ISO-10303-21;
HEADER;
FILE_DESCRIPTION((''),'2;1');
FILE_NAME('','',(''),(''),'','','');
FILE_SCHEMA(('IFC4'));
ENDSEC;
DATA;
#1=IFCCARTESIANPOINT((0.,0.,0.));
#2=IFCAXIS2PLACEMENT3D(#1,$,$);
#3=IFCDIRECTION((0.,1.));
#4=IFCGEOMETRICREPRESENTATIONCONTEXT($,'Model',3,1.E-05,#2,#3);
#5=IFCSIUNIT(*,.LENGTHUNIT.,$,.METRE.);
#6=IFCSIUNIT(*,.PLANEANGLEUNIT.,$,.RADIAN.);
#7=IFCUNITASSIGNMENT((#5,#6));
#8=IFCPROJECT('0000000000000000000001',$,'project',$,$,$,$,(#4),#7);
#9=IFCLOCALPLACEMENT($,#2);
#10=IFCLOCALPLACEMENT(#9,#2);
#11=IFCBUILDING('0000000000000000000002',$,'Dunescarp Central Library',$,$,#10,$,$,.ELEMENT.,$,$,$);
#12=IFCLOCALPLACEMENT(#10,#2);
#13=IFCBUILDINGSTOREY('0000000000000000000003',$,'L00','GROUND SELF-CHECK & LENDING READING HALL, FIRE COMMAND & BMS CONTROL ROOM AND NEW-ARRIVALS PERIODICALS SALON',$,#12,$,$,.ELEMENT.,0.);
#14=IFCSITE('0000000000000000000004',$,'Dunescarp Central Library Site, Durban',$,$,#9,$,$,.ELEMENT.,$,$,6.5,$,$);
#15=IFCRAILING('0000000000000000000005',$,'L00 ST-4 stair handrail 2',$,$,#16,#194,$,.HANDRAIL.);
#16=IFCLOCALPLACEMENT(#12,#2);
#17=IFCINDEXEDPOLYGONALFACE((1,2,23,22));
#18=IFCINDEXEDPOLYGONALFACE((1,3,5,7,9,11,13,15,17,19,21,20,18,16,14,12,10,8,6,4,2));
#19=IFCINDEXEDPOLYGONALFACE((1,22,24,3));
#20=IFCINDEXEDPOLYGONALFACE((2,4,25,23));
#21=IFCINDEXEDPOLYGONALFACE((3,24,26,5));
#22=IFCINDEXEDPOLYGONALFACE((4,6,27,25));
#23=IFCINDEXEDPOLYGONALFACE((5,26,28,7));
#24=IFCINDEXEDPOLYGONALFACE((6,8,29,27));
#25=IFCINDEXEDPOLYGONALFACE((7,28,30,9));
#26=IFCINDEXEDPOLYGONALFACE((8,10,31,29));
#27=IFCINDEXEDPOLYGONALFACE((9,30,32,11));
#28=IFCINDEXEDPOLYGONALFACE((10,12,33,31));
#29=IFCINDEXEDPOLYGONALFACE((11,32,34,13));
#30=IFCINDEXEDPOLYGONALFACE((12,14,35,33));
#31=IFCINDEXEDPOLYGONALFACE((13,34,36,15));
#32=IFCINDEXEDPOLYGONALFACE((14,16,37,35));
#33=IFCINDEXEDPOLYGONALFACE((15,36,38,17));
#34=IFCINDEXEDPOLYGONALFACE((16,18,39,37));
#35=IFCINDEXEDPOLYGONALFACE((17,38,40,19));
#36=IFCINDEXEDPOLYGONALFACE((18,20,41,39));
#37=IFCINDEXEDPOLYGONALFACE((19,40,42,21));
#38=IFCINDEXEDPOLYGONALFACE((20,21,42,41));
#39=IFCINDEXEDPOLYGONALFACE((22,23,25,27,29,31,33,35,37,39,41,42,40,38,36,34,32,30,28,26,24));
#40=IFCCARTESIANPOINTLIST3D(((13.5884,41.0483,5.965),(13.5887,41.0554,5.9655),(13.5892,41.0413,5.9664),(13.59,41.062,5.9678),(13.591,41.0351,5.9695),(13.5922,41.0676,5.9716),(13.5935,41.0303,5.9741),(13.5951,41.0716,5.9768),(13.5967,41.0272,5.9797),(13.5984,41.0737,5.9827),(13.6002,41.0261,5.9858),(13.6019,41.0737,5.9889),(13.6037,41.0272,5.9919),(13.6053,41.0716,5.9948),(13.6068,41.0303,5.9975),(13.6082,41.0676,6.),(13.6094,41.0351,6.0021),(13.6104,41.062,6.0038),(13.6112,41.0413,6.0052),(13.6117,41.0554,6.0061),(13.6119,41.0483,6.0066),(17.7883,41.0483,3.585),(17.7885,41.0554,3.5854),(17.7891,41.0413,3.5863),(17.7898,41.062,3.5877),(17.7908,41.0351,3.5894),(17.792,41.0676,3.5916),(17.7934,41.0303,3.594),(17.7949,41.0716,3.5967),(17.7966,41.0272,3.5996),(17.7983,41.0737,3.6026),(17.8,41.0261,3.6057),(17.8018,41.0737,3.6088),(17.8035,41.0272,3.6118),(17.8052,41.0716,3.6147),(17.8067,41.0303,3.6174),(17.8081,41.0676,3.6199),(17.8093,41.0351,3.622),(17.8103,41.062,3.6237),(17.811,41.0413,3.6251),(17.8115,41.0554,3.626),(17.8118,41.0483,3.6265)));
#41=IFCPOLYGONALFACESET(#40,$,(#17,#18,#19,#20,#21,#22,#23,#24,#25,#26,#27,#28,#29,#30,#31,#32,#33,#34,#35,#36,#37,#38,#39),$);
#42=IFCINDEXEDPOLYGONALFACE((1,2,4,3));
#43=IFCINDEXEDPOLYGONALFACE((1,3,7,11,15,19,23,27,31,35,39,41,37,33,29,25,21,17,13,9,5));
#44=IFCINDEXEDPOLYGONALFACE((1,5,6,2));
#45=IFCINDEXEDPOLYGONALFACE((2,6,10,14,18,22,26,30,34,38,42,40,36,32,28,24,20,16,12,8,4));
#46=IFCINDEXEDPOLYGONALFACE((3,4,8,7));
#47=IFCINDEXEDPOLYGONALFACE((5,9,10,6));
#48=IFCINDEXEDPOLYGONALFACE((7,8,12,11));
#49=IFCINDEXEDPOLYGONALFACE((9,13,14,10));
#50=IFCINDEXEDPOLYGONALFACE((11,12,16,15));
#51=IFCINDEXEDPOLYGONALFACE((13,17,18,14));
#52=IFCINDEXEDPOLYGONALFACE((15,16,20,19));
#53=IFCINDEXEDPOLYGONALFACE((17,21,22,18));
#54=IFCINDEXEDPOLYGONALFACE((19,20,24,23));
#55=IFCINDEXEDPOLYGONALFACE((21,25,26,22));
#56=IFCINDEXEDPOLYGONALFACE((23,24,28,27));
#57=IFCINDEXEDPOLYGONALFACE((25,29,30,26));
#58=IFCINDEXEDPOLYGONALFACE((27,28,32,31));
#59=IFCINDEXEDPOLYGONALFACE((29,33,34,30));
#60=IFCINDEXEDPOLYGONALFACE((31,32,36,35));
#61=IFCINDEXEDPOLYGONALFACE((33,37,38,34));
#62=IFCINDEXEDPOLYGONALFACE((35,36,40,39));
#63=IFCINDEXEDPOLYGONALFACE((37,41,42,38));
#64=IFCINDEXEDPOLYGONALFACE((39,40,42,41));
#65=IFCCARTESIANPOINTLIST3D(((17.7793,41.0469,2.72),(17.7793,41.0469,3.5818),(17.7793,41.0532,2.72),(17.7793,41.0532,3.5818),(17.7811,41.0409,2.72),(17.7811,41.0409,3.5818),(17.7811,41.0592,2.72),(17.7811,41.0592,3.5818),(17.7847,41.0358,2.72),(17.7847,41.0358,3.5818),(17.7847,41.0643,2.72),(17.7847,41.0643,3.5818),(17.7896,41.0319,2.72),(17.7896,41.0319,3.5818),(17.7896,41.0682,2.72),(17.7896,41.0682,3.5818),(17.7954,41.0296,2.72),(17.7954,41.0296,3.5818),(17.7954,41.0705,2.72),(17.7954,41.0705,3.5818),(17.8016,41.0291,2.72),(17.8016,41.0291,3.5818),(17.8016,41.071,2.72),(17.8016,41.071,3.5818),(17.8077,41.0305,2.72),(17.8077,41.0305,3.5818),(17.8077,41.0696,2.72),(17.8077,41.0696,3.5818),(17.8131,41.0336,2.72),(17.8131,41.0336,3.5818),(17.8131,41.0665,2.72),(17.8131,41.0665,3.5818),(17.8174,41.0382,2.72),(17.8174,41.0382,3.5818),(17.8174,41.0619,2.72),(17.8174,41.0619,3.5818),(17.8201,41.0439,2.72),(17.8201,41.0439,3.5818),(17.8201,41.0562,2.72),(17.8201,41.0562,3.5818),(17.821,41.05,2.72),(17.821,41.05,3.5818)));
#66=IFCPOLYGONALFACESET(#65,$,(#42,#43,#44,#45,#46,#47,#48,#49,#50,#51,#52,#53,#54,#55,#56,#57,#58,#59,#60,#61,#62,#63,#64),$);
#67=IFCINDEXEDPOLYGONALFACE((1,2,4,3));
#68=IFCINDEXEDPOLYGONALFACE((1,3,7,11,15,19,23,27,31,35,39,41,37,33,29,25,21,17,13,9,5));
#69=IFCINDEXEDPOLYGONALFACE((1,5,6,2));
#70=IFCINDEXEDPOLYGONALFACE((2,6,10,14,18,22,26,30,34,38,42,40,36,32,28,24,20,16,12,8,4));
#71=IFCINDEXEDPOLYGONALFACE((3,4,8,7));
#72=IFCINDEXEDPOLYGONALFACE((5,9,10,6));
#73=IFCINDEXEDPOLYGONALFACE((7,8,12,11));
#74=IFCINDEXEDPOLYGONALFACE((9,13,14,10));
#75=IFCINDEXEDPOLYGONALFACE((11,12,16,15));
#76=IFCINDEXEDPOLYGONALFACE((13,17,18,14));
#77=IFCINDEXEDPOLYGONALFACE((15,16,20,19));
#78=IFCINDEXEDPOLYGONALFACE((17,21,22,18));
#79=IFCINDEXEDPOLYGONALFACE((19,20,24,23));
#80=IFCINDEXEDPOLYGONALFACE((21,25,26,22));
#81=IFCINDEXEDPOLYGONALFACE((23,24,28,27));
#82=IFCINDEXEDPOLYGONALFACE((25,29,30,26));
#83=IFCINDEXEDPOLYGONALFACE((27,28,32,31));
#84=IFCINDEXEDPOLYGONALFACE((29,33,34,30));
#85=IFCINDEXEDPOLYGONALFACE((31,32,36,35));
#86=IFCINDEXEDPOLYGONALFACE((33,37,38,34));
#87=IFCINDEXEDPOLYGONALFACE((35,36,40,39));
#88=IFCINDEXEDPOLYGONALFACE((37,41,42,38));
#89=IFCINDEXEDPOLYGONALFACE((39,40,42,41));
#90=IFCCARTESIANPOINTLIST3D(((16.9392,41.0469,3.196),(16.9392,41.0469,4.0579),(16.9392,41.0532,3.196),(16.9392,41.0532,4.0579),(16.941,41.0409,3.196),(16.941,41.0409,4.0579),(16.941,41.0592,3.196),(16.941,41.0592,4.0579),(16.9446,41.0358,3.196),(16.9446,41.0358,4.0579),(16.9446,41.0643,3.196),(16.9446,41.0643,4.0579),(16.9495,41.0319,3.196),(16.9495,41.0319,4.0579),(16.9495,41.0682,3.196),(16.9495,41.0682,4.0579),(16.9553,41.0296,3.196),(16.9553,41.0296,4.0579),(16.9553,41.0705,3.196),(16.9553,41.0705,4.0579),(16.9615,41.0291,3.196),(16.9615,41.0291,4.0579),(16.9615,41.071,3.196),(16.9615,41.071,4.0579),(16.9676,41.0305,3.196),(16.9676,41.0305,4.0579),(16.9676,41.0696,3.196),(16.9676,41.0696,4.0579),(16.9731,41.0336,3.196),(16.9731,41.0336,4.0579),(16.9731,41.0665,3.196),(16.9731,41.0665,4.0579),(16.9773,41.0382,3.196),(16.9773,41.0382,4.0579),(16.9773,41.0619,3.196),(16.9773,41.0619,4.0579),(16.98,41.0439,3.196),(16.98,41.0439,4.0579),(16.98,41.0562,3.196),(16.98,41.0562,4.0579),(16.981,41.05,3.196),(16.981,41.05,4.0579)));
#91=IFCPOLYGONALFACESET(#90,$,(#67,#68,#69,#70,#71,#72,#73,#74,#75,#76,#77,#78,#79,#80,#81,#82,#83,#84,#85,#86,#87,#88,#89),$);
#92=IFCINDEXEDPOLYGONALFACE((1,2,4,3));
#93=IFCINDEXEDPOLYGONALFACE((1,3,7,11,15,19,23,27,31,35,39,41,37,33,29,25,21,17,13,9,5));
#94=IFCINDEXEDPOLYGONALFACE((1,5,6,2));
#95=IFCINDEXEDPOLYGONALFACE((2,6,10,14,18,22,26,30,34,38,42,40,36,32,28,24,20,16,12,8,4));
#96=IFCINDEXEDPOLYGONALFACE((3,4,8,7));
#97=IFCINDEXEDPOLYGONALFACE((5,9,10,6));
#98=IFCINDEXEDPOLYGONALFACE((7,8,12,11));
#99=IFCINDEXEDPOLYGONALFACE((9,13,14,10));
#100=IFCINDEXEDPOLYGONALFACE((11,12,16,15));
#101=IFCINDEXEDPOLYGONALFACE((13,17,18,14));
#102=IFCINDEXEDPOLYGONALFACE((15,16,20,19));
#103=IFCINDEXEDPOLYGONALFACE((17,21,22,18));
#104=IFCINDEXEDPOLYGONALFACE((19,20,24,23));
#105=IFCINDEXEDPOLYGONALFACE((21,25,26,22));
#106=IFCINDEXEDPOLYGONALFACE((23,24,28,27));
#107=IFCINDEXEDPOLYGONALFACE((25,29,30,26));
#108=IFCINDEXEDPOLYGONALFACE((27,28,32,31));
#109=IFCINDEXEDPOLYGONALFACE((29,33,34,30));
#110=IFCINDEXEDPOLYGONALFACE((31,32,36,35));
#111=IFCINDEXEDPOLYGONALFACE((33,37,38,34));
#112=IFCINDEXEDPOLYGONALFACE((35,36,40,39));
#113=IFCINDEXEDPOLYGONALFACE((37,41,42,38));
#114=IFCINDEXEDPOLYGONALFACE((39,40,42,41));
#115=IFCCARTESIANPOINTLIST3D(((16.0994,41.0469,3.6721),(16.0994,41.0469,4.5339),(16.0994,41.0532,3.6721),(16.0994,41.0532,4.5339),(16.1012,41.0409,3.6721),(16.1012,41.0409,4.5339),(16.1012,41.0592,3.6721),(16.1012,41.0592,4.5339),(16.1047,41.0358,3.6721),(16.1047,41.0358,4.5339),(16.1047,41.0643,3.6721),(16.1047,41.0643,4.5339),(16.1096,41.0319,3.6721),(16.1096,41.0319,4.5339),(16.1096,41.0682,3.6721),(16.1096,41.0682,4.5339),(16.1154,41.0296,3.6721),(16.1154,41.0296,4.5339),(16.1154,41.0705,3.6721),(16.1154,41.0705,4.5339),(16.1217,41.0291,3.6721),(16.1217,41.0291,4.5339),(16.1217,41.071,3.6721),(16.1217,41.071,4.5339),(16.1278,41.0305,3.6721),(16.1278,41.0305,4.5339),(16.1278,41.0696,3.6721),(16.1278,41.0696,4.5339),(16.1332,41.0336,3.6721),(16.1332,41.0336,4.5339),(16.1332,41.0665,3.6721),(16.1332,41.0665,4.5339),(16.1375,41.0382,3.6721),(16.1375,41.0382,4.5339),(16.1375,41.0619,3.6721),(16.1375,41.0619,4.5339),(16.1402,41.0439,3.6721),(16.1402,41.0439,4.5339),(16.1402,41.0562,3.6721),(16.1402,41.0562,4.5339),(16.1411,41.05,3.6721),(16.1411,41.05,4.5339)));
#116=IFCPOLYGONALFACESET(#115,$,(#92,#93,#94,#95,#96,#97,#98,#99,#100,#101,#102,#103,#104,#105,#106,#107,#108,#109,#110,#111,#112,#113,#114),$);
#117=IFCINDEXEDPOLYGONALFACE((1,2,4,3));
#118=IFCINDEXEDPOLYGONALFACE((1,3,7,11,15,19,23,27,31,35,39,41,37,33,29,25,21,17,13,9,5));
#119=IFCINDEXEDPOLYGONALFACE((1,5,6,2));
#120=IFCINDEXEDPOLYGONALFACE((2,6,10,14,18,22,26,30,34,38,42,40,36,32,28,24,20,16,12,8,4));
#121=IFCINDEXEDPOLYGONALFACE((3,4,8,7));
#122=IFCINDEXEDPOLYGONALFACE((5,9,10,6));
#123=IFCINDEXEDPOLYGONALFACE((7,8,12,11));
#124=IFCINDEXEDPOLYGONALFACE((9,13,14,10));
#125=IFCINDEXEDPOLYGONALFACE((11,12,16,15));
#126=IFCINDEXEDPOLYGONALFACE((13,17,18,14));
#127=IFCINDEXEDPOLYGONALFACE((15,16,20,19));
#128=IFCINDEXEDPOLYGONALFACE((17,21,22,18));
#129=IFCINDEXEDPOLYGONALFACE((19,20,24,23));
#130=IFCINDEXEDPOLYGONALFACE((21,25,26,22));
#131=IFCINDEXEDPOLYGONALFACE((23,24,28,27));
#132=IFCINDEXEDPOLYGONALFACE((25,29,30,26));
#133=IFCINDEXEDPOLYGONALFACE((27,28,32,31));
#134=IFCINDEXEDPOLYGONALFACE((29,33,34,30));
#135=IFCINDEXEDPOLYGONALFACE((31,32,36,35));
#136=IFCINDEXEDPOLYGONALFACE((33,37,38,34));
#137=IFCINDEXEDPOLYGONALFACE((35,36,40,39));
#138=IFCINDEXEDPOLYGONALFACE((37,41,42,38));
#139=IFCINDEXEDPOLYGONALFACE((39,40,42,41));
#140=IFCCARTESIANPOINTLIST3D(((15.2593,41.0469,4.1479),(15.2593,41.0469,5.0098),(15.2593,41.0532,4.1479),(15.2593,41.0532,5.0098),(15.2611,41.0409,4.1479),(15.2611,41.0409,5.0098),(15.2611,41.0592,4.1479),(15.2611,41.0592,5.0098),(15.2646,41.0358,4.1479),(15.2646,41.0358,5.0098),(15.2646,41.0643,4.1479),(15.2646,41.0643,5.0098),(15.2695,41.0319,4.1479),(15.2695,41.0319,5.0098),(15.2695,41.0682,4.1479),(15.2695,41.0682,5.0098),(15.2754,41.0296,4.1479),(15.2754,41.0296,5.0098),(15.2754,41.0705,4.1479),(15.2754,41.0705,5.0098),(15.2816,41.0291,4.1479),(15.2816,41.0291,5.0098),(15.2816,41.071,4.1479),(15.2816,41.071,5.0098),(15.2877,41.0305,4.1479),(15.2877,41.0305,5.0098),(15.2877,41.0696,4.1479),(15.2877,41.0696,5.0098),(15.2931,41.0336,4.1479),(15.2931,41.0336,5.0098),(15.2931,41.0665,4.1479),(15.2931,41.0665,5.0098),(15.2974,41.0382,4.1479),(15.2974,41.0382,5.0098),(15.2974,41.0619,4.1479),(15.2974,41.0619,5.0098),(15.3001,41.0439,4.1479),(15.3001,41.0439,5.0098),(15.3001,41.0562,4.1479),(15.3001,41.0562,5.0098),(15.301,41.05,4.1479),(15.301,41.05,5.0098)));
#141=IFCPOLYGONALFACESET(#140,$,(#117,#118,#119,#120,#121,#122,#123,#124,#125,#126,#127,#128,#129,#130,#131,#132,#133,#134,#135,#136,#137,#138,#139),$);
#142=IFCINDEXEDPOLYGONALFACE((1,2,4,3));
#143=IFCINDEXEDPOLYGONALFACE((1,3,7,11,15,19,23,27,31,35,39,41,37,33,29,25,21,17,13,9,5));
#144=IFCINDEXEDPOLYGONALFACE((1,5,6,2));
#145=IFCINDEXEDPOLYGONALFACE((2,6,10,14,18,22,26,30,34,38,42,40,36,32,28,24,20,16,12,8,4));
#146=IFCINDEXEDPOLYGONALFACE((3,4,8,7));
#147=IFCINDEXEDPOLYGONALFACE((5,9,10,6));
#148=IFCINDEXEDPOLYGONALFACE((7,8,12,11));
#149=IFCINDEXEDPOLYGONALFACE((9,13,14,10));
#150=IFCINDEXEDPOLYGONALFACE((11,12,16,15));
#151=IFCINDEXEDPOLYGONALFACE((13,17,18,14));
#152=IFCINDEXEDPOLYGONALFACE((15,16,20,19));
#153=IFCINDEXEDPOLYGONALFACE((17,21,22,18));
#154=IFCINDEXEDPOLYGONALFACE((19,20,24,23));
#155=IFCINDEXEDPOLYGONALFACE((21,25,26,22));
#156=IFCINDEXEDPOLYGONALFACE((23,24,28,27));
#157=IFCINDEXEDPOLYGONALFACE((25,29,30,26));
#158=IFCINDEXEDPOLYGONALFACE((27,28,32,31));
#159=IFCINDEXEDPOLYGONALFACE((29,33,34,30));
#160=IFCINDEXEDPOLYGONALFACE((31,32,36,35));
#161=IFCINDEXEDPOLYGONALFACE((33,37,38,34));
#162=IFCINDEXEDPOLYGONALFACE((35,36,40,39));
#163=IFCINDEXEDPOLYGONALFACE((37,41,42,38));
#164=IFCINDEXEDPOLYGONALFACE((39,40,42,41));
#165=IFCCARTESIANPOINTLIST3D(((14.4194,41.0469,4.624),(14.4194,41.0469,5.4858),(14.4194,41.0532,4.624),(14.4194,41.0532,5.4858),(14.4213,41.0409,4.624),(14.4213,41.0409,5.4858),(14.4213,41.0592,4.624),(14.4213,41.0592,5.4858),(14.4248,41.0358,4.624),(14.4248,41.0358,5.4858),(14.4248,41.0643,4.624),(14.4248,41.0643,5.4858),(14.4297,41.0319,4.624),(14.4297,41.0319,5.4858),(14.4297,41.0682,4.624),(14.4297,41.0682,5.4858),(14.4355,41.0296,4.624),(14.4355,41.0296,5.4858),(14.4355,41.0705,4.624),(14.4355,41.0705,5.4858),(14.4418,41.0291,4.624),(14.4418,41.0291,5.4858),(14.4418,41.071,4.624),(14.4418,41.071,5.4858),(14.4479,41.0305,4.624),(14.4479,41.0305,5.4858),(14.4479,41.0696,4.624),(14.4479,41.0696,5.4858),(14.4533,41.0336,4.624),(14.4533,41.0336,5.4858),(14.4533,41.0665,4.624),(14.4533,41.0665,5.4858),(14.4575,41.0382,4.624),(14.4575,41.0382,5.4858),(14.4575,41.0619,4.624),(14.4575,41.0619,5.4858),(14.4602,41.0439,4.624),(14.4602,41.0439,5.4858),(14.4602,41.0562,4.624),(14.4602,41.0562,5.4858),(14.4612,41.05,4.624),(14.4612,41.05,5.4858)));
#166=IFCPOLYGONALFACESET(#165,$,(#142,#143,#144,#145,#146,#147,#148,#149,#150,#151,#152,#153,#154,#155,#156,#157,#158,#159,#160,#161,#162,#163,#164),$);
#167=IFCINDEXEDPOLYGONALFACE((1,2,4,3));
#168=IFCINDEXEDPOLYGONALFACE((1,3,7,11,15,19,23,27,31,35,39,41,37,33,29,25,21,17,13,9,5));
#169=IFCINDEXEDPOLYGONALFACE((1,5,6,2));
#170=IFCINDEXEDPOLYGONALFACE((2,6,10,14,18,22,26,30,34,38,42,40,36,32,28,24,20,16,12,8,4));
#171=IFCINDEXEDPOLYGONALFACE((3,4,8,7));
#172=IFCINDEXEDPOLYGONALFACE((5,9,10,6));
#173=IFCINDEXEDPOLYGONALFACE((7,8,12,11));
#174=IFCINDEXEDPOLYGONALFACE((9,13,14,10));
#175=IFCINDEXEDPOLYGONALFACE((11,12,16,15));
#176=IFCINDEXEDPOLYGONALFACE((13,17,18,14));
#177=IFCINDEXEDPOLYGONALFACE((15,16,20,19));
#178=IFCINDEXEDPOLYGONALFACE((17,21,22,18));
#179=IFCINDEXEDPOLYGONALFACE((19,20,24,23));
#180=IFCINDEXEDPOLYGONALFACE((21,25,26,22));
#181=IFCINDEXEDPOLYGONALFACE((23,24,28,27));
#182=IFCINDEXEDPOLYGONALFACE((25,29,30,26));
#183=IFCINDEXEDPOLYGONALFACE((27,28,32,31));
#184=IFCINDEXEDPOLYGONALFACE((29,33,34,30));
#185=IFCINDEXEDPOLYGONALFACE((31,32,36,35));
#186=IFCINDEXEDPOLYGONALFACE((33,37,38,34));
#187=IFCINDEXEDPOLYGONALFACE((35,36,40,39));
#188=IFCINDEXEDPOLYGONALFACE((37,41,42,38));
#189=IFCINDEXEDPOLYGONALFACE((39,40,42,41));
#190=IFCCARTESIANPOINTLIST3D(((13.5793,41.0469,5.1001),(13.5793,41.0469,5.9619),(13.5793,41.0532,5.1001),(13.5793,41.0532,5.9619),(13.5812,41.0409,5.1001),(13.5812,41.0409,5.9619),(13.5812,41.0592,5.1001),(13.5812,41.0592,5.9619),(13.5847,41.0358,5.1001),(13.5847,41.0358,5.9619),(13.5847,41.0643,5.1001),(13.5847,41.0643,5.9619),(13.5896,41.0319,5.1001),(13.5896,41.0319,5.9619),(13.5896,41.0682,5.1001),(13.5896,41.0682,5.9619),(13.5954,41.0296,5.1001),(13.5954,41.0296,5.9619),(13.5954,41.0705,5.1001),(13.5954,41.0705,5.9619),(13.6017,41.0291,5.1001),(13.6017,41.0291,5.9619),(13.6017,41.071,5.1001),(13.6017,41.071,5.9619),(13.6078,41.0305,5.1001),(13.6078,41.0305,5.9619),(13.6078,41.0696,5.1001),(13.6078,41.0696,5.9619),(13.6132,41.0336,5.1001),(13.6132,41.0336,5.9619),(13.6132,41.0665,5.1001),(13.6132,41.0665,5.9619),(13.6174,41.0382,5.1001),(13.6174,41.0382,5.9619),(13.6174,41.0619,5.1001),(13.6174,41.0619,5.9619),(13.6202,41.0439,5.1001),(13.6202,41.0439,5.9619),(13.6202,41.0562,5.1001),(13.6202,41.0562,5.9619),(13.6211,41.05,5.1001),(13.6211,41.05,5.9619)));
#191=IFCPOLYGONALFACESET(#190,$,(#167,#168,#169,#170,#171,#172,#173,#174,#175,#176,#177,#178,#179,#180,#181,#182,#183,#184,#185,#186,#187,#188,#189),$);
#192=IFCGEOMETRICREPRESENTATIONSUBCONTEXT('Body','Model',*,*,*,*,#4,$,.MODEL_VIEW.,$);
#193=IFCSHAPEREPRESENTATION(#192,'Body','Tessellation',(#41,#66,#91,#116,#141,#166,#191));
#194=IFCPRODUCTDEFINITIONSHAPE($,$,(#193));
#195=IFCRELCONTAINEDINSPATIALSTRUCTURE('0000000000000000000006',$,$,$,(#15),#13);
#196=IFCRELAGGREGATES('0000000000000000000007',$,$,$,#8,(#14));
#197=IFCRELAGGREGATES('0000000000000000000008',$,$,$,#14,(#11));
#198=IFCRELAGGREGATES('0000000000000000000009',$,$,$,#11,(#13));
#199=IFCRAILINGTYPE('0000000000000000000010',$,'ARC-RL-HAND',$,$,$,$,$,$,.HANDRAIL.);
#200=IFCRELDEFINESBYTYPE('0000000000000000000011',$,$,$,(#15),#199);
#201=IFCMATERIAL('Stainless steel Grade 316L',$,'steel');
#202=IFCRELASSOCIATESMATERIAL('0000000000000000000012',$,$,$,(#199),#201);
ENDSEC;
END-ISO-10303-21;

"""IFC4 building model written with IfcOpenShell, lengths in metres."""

from ifc_helpers import new_model, si_unit, direction, frame, origin, origin_2d, place, context, subcontext, project, spatial, circle, extrude, material, type_object, element, save


model = new_model("IFC4")

# Units and contexts
model_context = context("Model", 3, precision=1e-05, world=origin(), true_north=direction((0.0, 1.0)))
body_context = subcontext(model_context, "Body", "Model", "MODEL_VIEW")
ifc_project = project(units=[si_unit("LENGTHUNIT", "METRE"), si_unit("PLANEANGLEUNIT", "RADIAN")], contexts=[model_context])

# Site, building, storey
site_placement = place(None, origin())
site = spatial("IfcSite", under=ifc_project, at=site_placement, Name="Dunescarp Central Library Site, Durban", CompositionType="ELEMENT", RefElevation=6.5)
building_placement = place(site_placement, origin())
building = spatial("IfcBuilding", under=site, at=building_placement, Name="Dunescarp Central Library", CompositionType="ELEMENT")
storey_placement = place(building_placement, origin())
storey = spatial("IfcBuildingStorey", under=building, at=storey_placement, Name="L00", Description="GROUND SELF-CHECK & LENDING READING HALL, FIRE COMMAND & BMS CONTROL ROOM AND NEW-ARRIVALS PERIODICALS SALON", CompositionType="ELEMENT", Elevation=0.0)

# Railing
ifc_material_1 = material(Name="Stainless steel Grade 316L", Category="steel")
railing_type_1 = type_object("IfcRailingType", Name="ARC-RL-HAND", PredefinedType="HANDRAIL", material=ifc_material_1)
railing_1_placement = place(storey_placement, frame((17.8, 41.05, 2.72)))
element("IfcRailing", 1, at=railing_1_placement, inside=storey, type_object=railing_type_1, Name="L00 ST-4 stair handrail 2", PredefinedType="HANDRAIL", context=body_context, shape_type="SweptSolid", body=[
    extrude(circle(Radius=0.0239, at=origin_2d()), frame((0.0, 0.0, 0.8857), z_axis=(-0.870008, 0.0, 0.493037), x_axis=(0.0, -1.0, 0.0)), (0.0, 0.0, 1.0), 4.8274),
    extrude(circle(Radius=0.021, at=origin_2d()), origin(), (0.0, 0.0, 1.0), 0.8618),
    extrude(circle(Radius=0.021, at=origin_2d()), frame((-0.8401, 0.0, 0.4761)), (0.0, 0.0, 1.0), 0.8618),
    extrude(circle(Radius=0.021, at=origin_2d()), frame((-1.6799, 0.0, 0.9521)), (0.0, 0.0, 1.0), 0.8618),
    extrude(circle(Radius=0.021, at=origin_2d()), frame((-2.52, 0.0, 1.428)), (0.0, 0.0, 1.0), 0.8618),
    extrude(circle(Radius=0.021, at=origin_2d()), frame((-3.3599, 0.0, 1.9041)), (0.0, 0.0, 1.0), 0.8618),
    extrude(circle(Radius=0.021, at=origin_2d()), frame((-4.2, 0.0, 2.3801)), (0.0, 0.0, 1.0), 0.8618),
])

save(model, "model.ifc")
